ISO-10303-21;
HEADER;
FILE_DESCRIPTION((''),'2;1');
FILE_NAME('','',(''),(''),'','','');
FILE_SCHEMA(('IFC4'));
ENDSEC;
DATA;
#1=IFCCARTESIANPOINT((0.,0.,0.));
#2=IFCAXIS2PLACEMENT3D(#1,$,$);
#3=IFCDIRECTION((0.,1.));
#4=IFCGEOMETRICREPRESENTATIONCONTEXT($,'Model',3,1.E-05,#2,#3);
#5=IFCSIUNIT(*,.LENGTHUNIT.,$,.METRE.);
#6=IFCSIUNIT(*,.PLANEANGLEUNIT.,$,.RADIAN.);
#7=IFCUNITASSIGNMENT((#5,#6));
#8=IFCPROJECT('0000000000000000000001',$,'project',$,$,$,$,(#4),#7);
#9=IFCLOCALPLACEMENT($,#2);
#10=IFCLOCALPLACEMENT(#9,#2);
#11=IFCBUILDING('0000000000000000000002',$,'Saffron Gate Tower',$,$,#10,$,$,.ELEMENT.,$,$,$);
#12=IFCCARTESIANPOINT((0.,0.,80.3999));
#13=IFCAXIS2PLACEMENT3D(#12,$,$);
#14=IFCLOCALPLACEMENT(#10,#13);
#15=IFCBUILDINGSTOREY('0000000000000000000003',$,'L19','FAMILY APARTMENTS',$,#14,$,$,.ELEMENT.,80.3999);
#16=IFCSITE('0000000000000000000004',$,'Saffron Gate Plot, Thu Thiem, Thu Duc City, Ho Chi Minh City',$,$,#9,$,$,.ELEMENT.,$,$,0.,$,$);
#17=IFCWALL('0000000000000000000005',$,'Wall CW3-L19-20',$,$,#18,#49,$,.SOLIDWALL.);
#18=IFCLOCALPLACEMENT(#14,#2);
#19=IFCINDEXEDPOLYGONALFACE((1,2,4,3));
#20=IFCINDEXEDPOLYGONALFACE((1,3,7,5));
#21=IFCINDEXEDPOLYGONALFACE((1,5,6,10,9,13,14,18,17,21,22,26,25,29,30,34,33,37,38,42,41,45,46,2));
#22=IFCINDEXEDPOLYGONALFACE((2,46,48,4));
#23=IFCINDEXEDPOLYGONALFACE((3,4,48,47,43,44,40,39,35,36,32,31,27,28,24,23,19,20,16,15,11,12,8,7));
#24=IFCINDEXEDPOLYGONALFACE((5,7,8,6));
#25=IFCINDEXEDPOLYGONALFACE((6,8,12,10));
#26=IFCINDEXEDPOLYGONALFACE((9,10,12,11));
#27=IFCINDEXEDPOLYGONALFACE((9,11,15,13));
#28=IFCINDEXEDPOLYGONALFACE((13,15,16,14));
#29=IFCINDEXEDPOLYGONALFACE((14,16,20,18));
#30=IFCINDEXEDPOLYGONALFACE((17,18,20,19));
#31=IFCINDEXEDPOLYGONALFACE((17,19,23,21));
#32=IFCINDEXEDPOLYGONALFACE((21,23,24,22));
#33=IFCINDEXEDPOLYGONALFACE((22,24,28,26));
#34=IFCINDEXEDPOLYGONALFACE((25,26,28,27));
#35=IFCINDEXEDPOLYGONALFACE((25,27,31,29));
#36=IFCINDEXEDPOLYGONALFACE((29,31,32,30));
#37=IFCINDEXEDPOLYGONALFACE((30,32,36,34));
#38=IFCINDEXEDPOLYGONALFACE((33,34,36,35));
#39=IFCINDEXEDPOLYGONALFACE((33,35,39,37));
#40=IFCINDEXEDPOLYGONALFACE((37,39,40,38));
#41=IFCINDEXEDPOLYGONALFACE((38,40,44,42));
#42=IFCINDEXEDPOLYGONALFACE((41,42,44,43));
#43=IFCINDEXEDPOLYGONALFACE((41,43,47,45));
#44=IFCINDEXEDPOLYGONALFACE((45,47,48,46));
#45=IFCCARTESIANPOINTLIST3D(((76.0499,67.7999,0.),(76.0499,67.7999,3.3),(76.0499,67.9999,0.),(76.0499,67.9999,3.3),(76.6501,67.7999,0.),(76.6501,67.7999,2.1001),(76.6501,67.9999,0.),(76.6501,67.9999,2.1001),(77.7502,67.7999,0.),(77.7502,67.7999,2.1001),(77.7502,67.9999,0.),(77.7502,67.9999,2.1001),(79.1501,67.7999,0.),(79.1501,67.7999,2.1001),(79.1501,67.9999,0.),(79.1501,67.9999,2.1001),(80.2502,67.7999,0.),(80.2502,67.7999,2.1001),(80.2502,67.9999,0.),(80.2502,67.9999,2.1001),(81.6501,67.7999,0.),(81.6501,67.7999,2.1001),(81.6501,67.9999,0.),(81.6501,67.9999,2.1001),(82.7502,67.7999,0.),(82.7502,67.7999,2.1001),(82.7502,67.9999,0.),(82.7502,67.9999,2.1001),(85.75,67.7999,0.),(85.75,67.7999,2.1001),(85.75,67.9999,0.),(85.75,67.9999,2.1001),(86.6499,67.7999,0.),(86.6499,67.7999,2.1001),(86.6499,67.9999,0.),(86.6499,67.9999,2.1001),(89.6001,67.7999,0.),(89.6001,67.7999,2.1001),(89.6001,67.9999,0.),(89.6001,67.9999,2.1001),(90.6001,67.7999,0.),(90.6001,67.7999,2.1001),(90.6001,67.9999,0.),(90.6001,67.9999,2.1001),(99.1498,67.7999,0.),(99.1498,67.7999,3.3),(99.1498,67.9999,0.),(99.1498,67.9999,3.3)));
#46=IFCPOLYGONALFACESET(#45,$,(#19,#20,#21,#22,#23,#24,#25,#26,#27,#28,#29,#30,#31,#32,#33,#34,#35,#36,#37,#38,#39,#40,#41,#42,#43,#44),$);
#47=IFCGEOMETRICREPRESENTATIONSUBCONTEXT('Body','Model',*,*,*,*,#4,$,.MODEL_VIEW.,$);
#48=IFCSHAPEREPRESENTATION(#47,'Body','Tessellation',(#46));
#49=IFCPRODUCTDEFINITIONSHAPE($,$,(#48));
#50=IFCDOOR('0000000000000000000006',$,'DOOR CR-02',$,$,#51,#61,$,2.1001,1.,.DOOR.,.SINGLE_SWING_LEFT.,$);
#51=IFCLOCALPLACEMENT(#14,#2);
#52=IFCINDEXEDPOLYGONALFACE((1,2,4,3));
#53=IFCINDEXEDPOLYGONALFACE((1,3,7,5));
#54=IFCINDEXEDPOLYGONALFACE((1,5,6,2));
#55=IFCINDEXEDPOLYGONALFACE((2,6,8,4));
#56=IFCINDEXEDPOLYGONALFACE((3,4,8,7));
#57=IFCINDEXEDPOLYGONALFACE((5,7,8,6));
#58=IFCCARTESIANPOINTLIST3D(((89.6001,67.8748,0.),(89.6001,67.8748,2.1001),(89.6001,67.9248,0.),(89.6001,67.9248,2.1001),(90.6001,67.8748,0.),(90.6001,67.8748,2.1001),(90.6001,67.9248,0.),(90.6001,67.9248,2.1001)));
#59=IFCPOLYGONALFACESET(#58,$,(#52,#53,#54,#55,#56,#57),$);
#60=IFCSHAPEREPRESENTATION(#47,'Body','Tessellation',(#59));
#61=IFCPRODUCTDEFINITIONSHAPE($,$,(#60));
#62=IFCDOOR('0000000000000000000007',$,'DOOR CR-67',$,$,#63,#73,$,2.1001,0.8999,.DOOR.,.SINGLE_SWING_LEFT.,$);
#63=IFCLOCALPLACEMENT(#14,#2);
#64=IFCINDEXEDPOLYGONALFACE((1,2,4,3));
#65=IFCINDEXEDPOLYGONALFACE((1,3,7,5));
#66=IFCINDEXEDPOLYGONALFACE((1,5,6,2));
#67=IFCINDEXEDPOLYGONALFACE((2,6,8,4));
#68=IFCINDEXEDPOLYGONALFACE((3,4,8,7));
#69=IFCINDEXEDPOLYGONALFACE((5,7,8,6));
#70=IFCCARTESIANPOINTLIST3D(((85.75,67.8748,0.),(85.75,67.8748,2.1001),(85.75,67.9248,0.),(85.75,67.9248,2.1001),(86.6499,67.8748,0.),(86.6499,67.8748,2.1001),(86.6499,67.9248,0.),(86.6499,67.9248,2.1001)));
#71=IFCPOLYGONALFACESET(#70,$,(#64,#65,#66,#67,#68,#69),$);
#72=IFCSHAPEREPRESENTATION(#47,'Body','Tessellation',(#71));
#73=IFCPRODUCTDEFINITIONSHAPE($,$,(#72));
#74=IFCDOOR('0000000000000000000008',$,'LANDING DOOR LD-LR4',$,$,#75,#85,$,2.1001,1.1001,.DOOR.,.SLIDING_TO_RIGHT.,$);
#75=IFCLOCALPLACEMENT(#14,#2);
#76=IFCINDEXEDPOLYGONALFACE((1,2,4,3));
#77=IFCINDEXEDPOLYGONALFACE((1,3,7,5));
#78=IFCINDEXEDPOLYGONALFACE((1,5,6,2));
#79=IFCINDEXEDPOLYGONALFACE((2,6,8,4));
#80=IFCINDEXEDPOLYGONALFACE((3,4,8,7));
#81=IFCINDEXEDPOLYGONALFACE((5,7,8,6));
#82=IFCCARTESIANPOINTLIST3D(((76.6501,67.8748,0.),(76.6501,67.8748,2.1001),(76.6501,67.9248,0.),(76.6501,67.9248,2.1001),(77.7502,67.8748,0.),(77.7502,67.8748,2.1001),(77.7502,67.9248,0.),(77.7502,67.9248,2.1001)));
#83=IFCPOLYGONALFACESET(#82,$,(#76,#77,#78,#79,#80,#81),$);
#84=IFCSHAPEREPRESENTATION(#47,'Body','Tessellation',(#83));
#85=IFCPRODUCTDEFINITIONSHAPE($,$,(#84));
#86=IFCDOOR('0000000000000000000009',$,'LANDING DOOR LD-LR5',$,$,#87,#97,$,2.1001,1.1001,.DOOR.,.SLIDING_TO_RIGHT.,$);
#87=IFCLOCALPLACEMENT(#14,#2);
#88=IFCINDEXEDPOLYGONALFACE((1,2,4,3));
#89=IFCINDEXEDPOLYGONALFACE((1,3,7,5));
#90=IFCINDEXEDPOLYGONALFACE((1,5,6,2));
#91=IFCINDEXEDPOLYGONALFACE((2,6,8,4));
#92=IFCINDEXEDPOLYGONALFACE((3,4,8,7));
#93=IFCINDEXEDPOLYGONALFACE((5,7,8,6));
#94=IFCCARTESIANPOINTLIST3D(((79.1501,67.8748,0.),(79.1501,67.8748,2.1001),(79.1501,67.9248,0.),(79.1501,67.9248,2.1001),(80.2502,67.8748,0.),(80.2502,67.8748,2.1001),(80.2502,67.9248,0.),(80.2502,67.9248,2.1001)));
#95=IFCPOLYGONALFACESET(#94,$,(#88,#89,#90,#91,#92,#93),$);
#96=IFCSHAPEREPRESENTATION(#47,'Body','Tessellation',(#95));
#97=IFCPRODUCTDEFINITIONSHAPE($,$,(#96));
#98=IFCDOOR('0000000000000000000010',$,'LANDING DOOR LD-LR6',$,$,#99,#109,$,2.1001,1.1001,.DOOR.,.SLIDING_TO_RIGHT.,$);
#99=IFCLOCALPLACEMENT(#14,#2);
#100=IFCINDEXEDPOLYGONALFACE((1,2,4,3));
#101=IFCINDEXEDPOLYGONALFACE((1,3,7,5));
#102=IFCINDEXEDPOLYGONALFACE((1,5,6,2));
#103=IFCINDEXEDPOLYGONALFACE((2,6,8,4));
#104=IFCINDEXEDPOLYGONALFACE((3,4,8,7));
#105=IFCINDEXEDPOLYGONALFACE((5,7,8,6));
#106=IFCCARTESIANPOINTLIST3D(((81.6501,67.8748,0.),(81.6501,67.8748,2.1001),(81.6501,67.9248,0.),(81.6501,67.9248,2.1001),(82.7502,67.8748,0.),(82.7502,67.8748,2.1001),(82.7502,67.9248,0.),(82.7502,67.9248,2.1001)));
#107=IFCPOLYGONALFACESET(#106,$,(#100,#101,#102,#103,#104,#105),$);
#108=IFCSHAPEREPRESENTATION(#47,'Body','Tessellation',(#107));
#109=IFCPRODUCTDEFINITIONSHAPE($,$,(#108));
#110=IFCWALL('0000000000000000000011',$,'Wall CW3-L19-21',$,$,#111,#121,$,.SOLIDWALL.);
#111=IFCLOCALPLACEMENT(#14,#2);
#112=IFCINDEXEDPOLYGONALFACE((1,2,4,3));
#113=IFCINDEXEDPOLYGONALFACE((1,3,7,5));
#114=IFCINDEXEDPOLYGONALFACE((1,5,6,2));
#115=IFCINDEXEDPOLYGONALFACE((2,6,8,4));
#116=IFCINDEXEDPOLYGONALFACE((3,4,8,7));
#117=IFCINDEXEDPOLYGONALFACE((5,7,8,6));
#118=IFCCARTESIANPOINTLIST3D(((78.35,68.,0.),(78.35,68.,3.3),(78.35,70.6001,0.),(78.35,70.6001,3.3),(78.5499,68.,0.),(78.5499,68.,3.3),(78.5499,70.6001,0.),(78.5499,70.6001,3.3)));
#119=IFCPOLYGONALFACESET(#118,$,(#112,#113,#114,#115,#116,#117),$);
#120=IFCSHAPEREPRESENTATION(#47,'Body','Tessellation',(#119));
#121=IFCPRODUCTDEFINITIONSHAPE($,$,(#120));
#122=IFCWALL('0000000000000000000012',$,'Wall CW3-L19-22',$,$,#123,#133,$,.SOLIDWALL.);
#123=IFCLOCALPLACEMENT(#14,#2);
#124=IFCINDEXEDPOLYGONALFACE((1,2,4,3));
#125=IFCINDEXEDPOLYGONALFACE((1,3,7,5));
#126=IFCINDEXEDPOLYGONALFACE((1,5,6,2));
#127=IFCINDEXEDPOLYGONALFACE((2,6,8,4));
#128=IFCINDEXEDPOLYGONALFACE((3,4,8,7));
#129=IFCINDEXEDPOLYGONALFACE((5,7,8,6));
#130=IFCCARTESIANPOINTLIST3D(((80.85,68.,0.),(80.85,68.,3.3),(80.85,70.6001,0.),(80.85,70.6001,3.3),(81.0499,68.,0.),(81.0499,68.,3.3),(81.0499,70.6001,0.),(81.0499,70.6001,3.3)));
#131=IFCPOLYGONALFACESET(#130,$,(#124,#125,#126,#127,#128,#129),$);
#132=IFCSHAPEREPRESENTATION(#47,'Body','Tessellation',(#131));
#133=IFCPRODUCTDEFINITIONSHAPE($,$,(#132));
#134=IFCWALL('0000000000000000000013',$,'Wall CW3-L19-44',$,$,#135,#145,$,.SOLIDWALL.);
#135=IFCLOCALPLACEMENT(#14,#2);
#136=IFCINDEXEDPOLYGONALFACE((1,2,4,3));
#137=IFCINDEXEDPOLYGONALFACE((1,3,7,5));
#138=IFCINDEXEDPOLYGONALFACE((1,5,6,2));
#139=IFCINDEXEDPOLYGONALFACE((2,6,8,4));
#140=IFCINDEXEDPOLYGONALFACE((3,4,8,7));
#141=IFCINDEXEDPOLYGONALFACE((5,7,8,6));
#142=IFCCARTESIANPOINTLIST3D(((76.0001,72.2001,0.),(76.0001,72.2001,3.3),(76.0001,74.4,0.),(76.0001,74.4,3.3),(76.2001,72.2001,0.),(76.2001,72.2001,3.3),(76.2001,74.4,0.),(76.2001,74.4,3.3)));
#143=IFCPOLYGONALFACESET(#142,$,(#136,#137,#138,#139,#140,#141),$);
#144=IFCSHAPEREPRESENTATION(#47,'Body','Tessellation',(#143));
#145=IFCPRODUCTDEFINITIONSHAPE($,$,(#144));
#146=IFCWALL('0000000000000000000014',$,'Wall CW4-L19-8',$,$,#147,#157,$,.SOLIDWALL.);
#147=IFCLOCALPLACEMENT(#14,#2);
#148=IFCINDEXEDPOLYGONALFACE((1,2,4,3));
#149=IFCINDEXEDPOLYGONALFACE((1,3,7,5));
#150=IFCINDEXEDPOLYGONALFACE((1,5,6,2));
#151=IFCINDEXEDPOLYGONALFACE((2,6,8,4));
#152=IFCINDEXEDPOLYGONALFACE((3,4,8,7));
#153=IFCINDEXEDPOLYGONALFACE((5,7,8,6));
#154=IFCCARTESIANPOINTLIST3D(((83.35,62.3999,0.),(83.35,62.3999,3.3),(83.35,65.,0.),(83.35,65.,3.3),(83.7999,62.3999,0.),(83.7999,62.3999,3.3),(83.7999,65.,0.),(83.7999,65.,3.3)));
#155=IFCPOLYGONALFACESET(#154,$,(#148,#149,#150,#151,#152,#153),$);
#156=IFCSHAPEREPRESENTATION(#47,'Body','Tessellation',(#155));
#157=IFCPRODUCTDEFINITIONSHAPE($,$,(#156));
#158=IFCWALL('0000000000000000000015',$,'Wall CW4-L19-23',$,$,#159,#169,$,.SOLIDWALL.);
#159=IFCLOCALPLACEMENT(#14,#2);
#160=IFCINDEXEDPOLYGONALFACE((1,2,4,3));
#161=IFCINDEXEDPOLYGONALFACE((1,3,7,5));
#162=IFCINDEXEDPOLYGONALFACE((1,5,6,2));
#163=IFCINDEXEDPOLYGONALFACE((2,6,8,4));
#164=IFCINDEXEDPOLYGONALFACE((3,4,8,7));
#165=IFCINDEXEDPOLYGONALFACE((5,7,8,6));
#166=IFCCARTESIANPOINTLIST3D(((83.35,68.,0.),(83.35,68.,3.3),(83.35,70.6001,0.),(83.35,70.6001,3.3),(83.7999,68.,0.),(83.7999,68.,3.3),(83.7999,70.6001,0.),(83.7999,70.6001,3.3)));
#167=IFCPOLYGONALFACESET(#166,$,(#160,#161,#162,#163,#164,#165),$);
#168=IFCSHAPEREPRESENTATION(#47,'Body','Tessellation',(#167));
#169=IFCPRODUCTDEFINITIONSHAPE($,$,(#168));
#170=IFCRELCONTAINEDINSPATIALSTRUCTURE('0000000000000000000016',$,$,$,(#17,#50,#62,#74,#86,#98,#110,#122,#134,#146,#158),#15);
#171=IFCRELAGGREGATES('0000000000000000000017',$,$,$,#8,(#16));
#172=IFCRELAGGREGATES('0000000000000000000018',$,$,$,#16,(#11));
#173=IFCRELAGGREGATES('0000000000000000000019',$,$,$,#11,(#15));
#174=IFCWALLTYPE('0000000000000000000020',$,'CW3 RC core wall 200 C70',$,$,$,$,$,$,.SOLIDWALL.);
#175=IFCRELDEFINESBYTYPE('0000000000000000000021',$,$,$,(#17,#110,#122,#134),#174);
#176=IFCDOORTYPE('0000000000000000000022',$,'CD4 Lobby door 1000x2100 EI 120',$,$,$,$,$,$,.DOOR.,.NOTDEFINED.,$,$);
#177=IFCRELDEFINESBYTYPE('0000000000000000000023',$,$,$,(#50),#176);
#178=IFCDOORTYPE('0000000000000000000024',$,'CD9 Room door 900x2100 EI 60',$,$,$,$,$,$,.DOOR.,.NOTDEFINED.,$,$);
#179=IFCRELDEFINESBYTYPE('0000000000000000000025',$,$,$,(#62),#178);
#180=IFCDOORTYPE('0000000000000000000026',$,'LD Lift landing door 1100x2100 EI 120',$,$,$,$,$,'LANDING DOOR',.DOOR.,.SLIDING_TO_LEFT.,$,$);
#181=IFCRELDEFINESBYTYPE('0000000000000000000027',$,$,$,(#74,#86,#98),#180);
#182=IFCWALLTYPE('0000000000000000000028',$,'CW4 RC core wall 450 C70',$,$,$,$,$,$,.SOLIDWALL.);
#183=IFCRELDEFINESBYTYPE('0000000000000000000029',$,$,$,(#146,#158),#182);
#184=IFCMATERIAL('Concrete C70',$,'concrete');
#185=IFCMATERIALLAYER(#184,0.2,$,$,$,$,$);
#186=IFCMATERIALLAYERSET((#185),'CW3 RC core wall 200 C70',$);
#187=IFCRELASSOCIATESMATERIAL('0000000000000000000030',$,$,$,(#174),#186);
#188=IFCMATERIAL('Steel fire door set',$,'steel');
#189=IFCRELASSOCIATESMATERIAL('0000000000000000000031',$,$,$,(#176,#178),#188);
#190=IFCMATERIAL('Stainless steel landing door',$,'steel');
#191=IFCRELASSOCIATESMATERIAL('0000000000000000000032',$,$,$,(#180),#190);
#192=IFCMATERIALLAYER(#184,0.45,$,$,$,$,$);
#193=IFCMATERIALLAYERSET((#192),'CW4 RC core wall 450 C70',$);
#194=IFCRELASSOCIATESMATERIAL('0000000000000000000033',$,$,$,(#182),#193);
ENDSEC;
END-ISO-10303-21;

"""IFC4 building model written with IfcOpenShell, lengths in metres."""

from ifc_helpers import new_model, si_unit, direction, frame, frame_2d, origin, place, context, subcontext, project, spatial, rectangle, extrude, material, layer, layer_set, type_object, element, fill, save


model = new_model("IFC4")

# Units and contexts
model_context = context("Model", 3, precision=1e-05, world=origin(), true_north=direction((0.0, 1.0)))
body_context = subcontext(model_context, "Body", "Model", "MODEL_VIEW")
ifc_project = project(units=[si_unit("LENGTHUNIT", "METRE"), si_unit("PLANEANGLEUNIT", "RADIAN")], contexts=[model_context])

# Site, building, storey
site_placement = place(None, origin())
site = spatial("IfcSite", under=ifc_project, at=site_placement, Name="Saffron Gate Plot, Thu Thiem, Thu Duc City, Ho Chi Minh City", CompositionType="ELEMENT", RefElevation=0.0)
building_placement = place(site_placement, origin())
building = spatial("IfcBuilding", under=site, at=building_placement, Name="Saffron Gate Tower", CompositionType="ELEMENT")
storey_placement = place(building_placement, frame((0.0, 0.0, 80.3999)))
storey = spatial("IfcBuildingStorey", under=building, at=storey_placement, Name="L19", Description="FAMILY APARTMENTS", CompositionType="ELEMENT", Elevation=80.3999)

# Shared definitions
ifc_material_1 = material(Name="Concrete C70", Category="concrete")

# Shared definitions
ifc_material_2 = material(Name="Steel fire door set", Category="steel")

# Shared definitions
ifc_layer_1 = layer(ifc_material_1, 0.2)
ifc_layer_set_1 = layer_set([ifc_layer_1], Name="CW3 RC core wall 200 C70")
wall_type_1 = type_object("IfcWallType", Name="CW3 RC core wall 200 C70", PredefinedType="SOLIDWALL", material=ifc_layer_set_1)

# Wall, openings, doors
wall_1_placement = place(storey_placement, frame((76.05, 67.8999, 0.0), z_axis=(0.0, 0.0, 1.0), x_axis=(1.0, 0.0, 0.0)))
wall_1 = element("IfcWall", 1, at=wall_1_placement, inside=storey, type_object=wall_type_1, Name="Wall CW3-L19-20", PredefinedType="SOLIDWALL", context=body_context, shape_type="SweptSolid", body=[
    extrude(rectangle(XDim=23.0999, YDim=0.2, at=frame_2d((11.5498, 0.0))), origin(), (0.0, 0.0, 1.0), 3.3),
])
opening_1_placement = place(wall_1_placement, frame((0.6001, 0.0, 0.0)))
opening_1 = element("IfcOpeningElement", 2, at=opening_1_placement, cuts=wall_1, PredefinedType="OPENING", context=body_context, shape_type="SweptSolid", body=[
    extrude(rectangle(XDim=1.1001, YDim=2.1001, at=frame_2d((0.55, 1.05))), frame((0.0, 0.1099, 0.0), z_axis=(0.0, -1.0, 0.0), x_axis=(1.0, 0.0, 0.0)), (0.0, 0.0, 1.0), 0.22),
])
opening_2_placement = place(wall_1_placement, frame((3.1001, 0.0, 0.0)))
opening_2 = element("IfcOpeningElement", 3, at=opening_2_placement, cuts=wall_1, PredefinedType="OPENING", context=body_context, shape_type="SweptSolid", body=[
    extrude(rectangle(XDim=1.1001, YDim=2.1001, at=frame_2d((0.55, 1.05))), frame((0.0, 0.1099, 0.0), z_axis=(0.0, -1.0, 0.0), x_axis=(1.0, 0.0, 0.0)), (0.0, 0.0, 1.0), 0.22),
])
opening_3_placement = place(wall_1_placement, frame((5.6001, 0.0, 0.0)))
opening_3 = element("IfcOpeningElement", 4, at=opening_3_placement, cuts=wall_1, PredefinedType="OPENING", context=body_context, shape_type="SweptSolid", body=[
    extrude(rectangle(XDim=1.1001, YDim=2.1001, at=frame_2d((0.55, 1.05))), frame((0.0, 0.1099, 0.0), z_axis=(0.0, -1.0, 0.0), x_axis=(1.0, 0.0, 0.0)), (0.0, 0.0, 1.0), 0.22),
])
opening_4_placement = place(wall_1_placement, frame((9.7, 0.0, 0.0)))
opening_4 = element("IfcOpeningElement", 5, at=opening_4_placement, cuts=wall_1, PredefinedType="OPENING", context=body_context, shape_type="SweptSolid", body=[
    extrude(rectangle(XDim=0.8999, YDim=2.1001, at=frame_2d((0.45, 1.05))), frame((0.0, 0.1099, 0.0), z_axis=(0.0, -1.0, 0.0), x_axis=(1.0, 0.0, 0.0)), (0.0, 0.0, 1.0), 0.22),
])
opening_5_placement = place(wall_1_placement, frame((13.55, 0.0, 0.0)))
opening_5 = element("IfcOpeningElement", 6, at=opening_5_placement, cuts=wall_1, PredefinedType="OPENING", context=body_context, shape_type="SweptSolid", body=[
    extrude(rectangle(XDim=1.0, YDim=2.1001, at=frame_2d((0.5, 1.05))), frame((0.0, 0.1099, 0.0), z_axis=(0.0, -1.0, 0.0), x_axis=(1.0, 0.0, 0.0)), (0.0, 0.0, 1.0), 0.22),
])
door_type_1 = type_object("IfcDoorType", Name="CD4 Lobby door 1000x2100 EI 120", OperationType="NOTDEFINED", PredefinedType="DOOR", material=ifc_material_2)
door_1_placement = place(opening_5_placement, origin())
door_1 = element("IfcDoor", 7, at=door_1_placement, inside=storey, type_object=door_type_1, Name="DOOR CR-02", OperationType="SINGLE_SWING_LEFT", OverallHeight=2.1001, OverallWidth=1.0, PredefinedType="DOOR", context=body_context, shape_type="SweptSolid", body=[
    extrude(rectangle(XDim=1.0, YDim=2.1001, at=frame_2d((0.5, 1.05))), frame((0.0, 0.0249, 0.0), z_axis=(0.0, -1.0, 0.0), x_axis=(1.0, 0.0, 0.0)), (0.0, 0.0, 1.0), 0.05),
])
fill(opening_5, door_1)
door_type_2 = type_object("IfcDoorType", Name="CD9 Room door 900x2100 EI 60", OperationType="NOTDEFINED", PredefinedType="DOOR", material=ifc_material_2)
door_2_placement = place(opening_4_placement, origin())
door_2 = element("IfcDoor", 8, at=door_2_placement, inside=storey, type_object=door_type_2, Name="DOOR CR-67", OperationType="SINGLE_SWING_LEFT", OverallHeight=2.1001, OverallWidth=0.8999, PredefinedType="DOOR", context=body_context, shape_type="SweptSolid", body=[
    extrude(rectangle(XDim=0.8999, YDim=2.1001, at=frame_2d((0.45, 1.05))), frame((0.0, 0.0249, 0.0), z_axis=(0.0, -1.0, 0.0), x_axis=(1.0, 0.0, 0.0)), (0.0, 0.0, 1.0), 0.05),
])
fill(opening_4, door_2)
ifc_material_3 = material(Name="Stainless steel landing door", Category="steel")
door_type_3 = type_object("IfcDoorType", Name="LD Lift landing door 1100x2100 EI 120", ElementType="LANDING DOOR", OperationType="SLIDING_TO_LEFT", PredefinedType="DOOR", material=ifc_material_3)
door_3_placement = place(opening_1_placement, origin())
door_3 = element("IfcDoor", 9, at=door_3_placement, inside=storey, type_object=door_type_3, Name="LANDING DOOR LD-LR4", OperationType="SLIDING_TO_RIGHT", OverallHeight=2.1001, OverallWidth=1.1001, PredefinedType="DOOR", context=body_context, shape_type="SweptSolid", body=[
    extrude(rectangle(XDim=1.1001, YDim=2.1001, at=frame_2d((0.55, 1.05))), frame((0.0, 0.0249, 0.0), z_axis=(0.0, -1.0, 0.0), x_axis=(1.0, 0.0, 0.0)), (0.0, 0.0, 1.0), 0.05),
])
fill(opening_1, door_3)
door_4_placement = place(opening_2_placement, origin())
door_4 = element("IfcDoor", 10, at=door_4_placement, inside=storey, type_object=door_type_3, Name="LANDING DOOR LD-LR5", OperationType="SLIDING_TO_RIGHT", OverallHeight=2.1001, OverallWidth=1.1001, PredefinedType="DOOR", context=body_context, shape_type="SweptSolid", body=[
    extrude(rectangle(XDim=1.1001, YDim=2.1001, at=frame_2d((0.55, 1.05))), frame((0.0, 0.0249, 0.0), z_axis=(0.0, -1.0, 0.0), x_axis=(1.0, 0.0, 0.0)), (0.0, 0.0, 1.0), 0.05),
])
fill(opening_2, door_4)
door_5_placement = place(opening_3_placement, origin())
door_5 = element("IfcDoor", 11, at=door_5_placement, inside=storey, type_object=door_type_3, Name="LANDING DOOR LD-LR6", OperationType="SLIDING_TO_RIGHT", OverallHeight=2.1001, OverallWidth=1.1001, PredefinedType="DOOR", context=body_context, shape_type="SweptSolid", body=[
    extrude(rectangle(XDim=1.1001, YDim=2.1001, at=frame_2d((0.55, 1.05))), frame((0.0, 0.0249, 0.0), z_axis=(0.0, -1.0, 0.0), x_axis=(1.0, 0.0, 0.0)), (0.0, 0.0, 1.0), 0.05),
])
fill(opening_3, door_5)

# Walls
for number, where, z_axis, x_axis, name in (
    (12, (78.45, 68.0, 0.0), (0.0, 0.0, 1.0), (0.0, 1.0, 0.0), "Wall CW3-L19-21"),
    (13, (80.95, 68.0, 0.0), (0.0, 0.0, 1.0), (0.0, 1.0, 0.0), "Wall CW3-L19-22"),
):
    element("IfcWall", number, at=place(storey_placement, frame(where, z_axis=z_axis, x_axis=x_axis)), inside=storey, type_object=wall_type_1, Name=name, PredefinedType="SOLIDWALL", context=body_context, shape_type="SweptSolid", body=[
        extrude(rectangle(XDim=2.6001, YDim=0.2, at=frame_2d((1.3, 0.0))), origin(), (0.0, 0.0, 1.0), 3.3),
    ])
wall_2_placement = place(storey_placement, frame((76.1001, 72.2, 0.0), z_axis=(0.0, 0.0, 1.0), x_axis=(0.0, 1.0, 0.0)))
element("IfcWall", 14, at=wall_2_placement, inside=storey, type_object=wall_type_1, Name="Wall CW3-L19-44", PredefinedType="SOLIDWALL", context=body_context, shape_type="SweptSolid", body=[
    extrude(rectangle(XDim=2.2, YDim=0.2, at=frame_2d((1.1001, 0.0))), origin(), (0.0, 0.0, 1.0), 3.3),
])
ifc_layer_2 = layer(ifc_material_1, 0.45)
ifc_layer_set_2 = layer_set([ifc_layer_2], Name="CW4 RC core wall 450 C70")
wall_type_2 = type_object("IfcWallType", Name="CW4 RC core wall 450 C70", PredefinedType="SOLIDWALL", material=ifc_layer_set_2)
for number, where, z_axis, x_axis, name in (
    (15, (83.575, 62.3999, 0.0), (0.0, 0.0, 1.0), (0.0, 1.0, 0.0), "Wall CW4-L19-8"),
    (16, (83.575, 68.0, 0.0), (0.0, 0.0, 1.0), (0.0, 1.0, 0.0), "Wall CW4-L19-23"),
):
    element("IfcWall", number, at=place(storey_placement, frame(where, z_axis=z_axis, x_axis=x_axis)), inside=storey, type_object=wall_type_2, Name=name, PredefinedType="SOLIDWALL", context=body_context, shape_type="SweptSolid", body=[
        extrude(rectangle(XDim=2.6001, YDim=0.45, at=frame_2d((1.3, 0.0))), origin(), (0.0, 0.0, 1.0), 3.3),
    ])

save(model, "model.ifc")
